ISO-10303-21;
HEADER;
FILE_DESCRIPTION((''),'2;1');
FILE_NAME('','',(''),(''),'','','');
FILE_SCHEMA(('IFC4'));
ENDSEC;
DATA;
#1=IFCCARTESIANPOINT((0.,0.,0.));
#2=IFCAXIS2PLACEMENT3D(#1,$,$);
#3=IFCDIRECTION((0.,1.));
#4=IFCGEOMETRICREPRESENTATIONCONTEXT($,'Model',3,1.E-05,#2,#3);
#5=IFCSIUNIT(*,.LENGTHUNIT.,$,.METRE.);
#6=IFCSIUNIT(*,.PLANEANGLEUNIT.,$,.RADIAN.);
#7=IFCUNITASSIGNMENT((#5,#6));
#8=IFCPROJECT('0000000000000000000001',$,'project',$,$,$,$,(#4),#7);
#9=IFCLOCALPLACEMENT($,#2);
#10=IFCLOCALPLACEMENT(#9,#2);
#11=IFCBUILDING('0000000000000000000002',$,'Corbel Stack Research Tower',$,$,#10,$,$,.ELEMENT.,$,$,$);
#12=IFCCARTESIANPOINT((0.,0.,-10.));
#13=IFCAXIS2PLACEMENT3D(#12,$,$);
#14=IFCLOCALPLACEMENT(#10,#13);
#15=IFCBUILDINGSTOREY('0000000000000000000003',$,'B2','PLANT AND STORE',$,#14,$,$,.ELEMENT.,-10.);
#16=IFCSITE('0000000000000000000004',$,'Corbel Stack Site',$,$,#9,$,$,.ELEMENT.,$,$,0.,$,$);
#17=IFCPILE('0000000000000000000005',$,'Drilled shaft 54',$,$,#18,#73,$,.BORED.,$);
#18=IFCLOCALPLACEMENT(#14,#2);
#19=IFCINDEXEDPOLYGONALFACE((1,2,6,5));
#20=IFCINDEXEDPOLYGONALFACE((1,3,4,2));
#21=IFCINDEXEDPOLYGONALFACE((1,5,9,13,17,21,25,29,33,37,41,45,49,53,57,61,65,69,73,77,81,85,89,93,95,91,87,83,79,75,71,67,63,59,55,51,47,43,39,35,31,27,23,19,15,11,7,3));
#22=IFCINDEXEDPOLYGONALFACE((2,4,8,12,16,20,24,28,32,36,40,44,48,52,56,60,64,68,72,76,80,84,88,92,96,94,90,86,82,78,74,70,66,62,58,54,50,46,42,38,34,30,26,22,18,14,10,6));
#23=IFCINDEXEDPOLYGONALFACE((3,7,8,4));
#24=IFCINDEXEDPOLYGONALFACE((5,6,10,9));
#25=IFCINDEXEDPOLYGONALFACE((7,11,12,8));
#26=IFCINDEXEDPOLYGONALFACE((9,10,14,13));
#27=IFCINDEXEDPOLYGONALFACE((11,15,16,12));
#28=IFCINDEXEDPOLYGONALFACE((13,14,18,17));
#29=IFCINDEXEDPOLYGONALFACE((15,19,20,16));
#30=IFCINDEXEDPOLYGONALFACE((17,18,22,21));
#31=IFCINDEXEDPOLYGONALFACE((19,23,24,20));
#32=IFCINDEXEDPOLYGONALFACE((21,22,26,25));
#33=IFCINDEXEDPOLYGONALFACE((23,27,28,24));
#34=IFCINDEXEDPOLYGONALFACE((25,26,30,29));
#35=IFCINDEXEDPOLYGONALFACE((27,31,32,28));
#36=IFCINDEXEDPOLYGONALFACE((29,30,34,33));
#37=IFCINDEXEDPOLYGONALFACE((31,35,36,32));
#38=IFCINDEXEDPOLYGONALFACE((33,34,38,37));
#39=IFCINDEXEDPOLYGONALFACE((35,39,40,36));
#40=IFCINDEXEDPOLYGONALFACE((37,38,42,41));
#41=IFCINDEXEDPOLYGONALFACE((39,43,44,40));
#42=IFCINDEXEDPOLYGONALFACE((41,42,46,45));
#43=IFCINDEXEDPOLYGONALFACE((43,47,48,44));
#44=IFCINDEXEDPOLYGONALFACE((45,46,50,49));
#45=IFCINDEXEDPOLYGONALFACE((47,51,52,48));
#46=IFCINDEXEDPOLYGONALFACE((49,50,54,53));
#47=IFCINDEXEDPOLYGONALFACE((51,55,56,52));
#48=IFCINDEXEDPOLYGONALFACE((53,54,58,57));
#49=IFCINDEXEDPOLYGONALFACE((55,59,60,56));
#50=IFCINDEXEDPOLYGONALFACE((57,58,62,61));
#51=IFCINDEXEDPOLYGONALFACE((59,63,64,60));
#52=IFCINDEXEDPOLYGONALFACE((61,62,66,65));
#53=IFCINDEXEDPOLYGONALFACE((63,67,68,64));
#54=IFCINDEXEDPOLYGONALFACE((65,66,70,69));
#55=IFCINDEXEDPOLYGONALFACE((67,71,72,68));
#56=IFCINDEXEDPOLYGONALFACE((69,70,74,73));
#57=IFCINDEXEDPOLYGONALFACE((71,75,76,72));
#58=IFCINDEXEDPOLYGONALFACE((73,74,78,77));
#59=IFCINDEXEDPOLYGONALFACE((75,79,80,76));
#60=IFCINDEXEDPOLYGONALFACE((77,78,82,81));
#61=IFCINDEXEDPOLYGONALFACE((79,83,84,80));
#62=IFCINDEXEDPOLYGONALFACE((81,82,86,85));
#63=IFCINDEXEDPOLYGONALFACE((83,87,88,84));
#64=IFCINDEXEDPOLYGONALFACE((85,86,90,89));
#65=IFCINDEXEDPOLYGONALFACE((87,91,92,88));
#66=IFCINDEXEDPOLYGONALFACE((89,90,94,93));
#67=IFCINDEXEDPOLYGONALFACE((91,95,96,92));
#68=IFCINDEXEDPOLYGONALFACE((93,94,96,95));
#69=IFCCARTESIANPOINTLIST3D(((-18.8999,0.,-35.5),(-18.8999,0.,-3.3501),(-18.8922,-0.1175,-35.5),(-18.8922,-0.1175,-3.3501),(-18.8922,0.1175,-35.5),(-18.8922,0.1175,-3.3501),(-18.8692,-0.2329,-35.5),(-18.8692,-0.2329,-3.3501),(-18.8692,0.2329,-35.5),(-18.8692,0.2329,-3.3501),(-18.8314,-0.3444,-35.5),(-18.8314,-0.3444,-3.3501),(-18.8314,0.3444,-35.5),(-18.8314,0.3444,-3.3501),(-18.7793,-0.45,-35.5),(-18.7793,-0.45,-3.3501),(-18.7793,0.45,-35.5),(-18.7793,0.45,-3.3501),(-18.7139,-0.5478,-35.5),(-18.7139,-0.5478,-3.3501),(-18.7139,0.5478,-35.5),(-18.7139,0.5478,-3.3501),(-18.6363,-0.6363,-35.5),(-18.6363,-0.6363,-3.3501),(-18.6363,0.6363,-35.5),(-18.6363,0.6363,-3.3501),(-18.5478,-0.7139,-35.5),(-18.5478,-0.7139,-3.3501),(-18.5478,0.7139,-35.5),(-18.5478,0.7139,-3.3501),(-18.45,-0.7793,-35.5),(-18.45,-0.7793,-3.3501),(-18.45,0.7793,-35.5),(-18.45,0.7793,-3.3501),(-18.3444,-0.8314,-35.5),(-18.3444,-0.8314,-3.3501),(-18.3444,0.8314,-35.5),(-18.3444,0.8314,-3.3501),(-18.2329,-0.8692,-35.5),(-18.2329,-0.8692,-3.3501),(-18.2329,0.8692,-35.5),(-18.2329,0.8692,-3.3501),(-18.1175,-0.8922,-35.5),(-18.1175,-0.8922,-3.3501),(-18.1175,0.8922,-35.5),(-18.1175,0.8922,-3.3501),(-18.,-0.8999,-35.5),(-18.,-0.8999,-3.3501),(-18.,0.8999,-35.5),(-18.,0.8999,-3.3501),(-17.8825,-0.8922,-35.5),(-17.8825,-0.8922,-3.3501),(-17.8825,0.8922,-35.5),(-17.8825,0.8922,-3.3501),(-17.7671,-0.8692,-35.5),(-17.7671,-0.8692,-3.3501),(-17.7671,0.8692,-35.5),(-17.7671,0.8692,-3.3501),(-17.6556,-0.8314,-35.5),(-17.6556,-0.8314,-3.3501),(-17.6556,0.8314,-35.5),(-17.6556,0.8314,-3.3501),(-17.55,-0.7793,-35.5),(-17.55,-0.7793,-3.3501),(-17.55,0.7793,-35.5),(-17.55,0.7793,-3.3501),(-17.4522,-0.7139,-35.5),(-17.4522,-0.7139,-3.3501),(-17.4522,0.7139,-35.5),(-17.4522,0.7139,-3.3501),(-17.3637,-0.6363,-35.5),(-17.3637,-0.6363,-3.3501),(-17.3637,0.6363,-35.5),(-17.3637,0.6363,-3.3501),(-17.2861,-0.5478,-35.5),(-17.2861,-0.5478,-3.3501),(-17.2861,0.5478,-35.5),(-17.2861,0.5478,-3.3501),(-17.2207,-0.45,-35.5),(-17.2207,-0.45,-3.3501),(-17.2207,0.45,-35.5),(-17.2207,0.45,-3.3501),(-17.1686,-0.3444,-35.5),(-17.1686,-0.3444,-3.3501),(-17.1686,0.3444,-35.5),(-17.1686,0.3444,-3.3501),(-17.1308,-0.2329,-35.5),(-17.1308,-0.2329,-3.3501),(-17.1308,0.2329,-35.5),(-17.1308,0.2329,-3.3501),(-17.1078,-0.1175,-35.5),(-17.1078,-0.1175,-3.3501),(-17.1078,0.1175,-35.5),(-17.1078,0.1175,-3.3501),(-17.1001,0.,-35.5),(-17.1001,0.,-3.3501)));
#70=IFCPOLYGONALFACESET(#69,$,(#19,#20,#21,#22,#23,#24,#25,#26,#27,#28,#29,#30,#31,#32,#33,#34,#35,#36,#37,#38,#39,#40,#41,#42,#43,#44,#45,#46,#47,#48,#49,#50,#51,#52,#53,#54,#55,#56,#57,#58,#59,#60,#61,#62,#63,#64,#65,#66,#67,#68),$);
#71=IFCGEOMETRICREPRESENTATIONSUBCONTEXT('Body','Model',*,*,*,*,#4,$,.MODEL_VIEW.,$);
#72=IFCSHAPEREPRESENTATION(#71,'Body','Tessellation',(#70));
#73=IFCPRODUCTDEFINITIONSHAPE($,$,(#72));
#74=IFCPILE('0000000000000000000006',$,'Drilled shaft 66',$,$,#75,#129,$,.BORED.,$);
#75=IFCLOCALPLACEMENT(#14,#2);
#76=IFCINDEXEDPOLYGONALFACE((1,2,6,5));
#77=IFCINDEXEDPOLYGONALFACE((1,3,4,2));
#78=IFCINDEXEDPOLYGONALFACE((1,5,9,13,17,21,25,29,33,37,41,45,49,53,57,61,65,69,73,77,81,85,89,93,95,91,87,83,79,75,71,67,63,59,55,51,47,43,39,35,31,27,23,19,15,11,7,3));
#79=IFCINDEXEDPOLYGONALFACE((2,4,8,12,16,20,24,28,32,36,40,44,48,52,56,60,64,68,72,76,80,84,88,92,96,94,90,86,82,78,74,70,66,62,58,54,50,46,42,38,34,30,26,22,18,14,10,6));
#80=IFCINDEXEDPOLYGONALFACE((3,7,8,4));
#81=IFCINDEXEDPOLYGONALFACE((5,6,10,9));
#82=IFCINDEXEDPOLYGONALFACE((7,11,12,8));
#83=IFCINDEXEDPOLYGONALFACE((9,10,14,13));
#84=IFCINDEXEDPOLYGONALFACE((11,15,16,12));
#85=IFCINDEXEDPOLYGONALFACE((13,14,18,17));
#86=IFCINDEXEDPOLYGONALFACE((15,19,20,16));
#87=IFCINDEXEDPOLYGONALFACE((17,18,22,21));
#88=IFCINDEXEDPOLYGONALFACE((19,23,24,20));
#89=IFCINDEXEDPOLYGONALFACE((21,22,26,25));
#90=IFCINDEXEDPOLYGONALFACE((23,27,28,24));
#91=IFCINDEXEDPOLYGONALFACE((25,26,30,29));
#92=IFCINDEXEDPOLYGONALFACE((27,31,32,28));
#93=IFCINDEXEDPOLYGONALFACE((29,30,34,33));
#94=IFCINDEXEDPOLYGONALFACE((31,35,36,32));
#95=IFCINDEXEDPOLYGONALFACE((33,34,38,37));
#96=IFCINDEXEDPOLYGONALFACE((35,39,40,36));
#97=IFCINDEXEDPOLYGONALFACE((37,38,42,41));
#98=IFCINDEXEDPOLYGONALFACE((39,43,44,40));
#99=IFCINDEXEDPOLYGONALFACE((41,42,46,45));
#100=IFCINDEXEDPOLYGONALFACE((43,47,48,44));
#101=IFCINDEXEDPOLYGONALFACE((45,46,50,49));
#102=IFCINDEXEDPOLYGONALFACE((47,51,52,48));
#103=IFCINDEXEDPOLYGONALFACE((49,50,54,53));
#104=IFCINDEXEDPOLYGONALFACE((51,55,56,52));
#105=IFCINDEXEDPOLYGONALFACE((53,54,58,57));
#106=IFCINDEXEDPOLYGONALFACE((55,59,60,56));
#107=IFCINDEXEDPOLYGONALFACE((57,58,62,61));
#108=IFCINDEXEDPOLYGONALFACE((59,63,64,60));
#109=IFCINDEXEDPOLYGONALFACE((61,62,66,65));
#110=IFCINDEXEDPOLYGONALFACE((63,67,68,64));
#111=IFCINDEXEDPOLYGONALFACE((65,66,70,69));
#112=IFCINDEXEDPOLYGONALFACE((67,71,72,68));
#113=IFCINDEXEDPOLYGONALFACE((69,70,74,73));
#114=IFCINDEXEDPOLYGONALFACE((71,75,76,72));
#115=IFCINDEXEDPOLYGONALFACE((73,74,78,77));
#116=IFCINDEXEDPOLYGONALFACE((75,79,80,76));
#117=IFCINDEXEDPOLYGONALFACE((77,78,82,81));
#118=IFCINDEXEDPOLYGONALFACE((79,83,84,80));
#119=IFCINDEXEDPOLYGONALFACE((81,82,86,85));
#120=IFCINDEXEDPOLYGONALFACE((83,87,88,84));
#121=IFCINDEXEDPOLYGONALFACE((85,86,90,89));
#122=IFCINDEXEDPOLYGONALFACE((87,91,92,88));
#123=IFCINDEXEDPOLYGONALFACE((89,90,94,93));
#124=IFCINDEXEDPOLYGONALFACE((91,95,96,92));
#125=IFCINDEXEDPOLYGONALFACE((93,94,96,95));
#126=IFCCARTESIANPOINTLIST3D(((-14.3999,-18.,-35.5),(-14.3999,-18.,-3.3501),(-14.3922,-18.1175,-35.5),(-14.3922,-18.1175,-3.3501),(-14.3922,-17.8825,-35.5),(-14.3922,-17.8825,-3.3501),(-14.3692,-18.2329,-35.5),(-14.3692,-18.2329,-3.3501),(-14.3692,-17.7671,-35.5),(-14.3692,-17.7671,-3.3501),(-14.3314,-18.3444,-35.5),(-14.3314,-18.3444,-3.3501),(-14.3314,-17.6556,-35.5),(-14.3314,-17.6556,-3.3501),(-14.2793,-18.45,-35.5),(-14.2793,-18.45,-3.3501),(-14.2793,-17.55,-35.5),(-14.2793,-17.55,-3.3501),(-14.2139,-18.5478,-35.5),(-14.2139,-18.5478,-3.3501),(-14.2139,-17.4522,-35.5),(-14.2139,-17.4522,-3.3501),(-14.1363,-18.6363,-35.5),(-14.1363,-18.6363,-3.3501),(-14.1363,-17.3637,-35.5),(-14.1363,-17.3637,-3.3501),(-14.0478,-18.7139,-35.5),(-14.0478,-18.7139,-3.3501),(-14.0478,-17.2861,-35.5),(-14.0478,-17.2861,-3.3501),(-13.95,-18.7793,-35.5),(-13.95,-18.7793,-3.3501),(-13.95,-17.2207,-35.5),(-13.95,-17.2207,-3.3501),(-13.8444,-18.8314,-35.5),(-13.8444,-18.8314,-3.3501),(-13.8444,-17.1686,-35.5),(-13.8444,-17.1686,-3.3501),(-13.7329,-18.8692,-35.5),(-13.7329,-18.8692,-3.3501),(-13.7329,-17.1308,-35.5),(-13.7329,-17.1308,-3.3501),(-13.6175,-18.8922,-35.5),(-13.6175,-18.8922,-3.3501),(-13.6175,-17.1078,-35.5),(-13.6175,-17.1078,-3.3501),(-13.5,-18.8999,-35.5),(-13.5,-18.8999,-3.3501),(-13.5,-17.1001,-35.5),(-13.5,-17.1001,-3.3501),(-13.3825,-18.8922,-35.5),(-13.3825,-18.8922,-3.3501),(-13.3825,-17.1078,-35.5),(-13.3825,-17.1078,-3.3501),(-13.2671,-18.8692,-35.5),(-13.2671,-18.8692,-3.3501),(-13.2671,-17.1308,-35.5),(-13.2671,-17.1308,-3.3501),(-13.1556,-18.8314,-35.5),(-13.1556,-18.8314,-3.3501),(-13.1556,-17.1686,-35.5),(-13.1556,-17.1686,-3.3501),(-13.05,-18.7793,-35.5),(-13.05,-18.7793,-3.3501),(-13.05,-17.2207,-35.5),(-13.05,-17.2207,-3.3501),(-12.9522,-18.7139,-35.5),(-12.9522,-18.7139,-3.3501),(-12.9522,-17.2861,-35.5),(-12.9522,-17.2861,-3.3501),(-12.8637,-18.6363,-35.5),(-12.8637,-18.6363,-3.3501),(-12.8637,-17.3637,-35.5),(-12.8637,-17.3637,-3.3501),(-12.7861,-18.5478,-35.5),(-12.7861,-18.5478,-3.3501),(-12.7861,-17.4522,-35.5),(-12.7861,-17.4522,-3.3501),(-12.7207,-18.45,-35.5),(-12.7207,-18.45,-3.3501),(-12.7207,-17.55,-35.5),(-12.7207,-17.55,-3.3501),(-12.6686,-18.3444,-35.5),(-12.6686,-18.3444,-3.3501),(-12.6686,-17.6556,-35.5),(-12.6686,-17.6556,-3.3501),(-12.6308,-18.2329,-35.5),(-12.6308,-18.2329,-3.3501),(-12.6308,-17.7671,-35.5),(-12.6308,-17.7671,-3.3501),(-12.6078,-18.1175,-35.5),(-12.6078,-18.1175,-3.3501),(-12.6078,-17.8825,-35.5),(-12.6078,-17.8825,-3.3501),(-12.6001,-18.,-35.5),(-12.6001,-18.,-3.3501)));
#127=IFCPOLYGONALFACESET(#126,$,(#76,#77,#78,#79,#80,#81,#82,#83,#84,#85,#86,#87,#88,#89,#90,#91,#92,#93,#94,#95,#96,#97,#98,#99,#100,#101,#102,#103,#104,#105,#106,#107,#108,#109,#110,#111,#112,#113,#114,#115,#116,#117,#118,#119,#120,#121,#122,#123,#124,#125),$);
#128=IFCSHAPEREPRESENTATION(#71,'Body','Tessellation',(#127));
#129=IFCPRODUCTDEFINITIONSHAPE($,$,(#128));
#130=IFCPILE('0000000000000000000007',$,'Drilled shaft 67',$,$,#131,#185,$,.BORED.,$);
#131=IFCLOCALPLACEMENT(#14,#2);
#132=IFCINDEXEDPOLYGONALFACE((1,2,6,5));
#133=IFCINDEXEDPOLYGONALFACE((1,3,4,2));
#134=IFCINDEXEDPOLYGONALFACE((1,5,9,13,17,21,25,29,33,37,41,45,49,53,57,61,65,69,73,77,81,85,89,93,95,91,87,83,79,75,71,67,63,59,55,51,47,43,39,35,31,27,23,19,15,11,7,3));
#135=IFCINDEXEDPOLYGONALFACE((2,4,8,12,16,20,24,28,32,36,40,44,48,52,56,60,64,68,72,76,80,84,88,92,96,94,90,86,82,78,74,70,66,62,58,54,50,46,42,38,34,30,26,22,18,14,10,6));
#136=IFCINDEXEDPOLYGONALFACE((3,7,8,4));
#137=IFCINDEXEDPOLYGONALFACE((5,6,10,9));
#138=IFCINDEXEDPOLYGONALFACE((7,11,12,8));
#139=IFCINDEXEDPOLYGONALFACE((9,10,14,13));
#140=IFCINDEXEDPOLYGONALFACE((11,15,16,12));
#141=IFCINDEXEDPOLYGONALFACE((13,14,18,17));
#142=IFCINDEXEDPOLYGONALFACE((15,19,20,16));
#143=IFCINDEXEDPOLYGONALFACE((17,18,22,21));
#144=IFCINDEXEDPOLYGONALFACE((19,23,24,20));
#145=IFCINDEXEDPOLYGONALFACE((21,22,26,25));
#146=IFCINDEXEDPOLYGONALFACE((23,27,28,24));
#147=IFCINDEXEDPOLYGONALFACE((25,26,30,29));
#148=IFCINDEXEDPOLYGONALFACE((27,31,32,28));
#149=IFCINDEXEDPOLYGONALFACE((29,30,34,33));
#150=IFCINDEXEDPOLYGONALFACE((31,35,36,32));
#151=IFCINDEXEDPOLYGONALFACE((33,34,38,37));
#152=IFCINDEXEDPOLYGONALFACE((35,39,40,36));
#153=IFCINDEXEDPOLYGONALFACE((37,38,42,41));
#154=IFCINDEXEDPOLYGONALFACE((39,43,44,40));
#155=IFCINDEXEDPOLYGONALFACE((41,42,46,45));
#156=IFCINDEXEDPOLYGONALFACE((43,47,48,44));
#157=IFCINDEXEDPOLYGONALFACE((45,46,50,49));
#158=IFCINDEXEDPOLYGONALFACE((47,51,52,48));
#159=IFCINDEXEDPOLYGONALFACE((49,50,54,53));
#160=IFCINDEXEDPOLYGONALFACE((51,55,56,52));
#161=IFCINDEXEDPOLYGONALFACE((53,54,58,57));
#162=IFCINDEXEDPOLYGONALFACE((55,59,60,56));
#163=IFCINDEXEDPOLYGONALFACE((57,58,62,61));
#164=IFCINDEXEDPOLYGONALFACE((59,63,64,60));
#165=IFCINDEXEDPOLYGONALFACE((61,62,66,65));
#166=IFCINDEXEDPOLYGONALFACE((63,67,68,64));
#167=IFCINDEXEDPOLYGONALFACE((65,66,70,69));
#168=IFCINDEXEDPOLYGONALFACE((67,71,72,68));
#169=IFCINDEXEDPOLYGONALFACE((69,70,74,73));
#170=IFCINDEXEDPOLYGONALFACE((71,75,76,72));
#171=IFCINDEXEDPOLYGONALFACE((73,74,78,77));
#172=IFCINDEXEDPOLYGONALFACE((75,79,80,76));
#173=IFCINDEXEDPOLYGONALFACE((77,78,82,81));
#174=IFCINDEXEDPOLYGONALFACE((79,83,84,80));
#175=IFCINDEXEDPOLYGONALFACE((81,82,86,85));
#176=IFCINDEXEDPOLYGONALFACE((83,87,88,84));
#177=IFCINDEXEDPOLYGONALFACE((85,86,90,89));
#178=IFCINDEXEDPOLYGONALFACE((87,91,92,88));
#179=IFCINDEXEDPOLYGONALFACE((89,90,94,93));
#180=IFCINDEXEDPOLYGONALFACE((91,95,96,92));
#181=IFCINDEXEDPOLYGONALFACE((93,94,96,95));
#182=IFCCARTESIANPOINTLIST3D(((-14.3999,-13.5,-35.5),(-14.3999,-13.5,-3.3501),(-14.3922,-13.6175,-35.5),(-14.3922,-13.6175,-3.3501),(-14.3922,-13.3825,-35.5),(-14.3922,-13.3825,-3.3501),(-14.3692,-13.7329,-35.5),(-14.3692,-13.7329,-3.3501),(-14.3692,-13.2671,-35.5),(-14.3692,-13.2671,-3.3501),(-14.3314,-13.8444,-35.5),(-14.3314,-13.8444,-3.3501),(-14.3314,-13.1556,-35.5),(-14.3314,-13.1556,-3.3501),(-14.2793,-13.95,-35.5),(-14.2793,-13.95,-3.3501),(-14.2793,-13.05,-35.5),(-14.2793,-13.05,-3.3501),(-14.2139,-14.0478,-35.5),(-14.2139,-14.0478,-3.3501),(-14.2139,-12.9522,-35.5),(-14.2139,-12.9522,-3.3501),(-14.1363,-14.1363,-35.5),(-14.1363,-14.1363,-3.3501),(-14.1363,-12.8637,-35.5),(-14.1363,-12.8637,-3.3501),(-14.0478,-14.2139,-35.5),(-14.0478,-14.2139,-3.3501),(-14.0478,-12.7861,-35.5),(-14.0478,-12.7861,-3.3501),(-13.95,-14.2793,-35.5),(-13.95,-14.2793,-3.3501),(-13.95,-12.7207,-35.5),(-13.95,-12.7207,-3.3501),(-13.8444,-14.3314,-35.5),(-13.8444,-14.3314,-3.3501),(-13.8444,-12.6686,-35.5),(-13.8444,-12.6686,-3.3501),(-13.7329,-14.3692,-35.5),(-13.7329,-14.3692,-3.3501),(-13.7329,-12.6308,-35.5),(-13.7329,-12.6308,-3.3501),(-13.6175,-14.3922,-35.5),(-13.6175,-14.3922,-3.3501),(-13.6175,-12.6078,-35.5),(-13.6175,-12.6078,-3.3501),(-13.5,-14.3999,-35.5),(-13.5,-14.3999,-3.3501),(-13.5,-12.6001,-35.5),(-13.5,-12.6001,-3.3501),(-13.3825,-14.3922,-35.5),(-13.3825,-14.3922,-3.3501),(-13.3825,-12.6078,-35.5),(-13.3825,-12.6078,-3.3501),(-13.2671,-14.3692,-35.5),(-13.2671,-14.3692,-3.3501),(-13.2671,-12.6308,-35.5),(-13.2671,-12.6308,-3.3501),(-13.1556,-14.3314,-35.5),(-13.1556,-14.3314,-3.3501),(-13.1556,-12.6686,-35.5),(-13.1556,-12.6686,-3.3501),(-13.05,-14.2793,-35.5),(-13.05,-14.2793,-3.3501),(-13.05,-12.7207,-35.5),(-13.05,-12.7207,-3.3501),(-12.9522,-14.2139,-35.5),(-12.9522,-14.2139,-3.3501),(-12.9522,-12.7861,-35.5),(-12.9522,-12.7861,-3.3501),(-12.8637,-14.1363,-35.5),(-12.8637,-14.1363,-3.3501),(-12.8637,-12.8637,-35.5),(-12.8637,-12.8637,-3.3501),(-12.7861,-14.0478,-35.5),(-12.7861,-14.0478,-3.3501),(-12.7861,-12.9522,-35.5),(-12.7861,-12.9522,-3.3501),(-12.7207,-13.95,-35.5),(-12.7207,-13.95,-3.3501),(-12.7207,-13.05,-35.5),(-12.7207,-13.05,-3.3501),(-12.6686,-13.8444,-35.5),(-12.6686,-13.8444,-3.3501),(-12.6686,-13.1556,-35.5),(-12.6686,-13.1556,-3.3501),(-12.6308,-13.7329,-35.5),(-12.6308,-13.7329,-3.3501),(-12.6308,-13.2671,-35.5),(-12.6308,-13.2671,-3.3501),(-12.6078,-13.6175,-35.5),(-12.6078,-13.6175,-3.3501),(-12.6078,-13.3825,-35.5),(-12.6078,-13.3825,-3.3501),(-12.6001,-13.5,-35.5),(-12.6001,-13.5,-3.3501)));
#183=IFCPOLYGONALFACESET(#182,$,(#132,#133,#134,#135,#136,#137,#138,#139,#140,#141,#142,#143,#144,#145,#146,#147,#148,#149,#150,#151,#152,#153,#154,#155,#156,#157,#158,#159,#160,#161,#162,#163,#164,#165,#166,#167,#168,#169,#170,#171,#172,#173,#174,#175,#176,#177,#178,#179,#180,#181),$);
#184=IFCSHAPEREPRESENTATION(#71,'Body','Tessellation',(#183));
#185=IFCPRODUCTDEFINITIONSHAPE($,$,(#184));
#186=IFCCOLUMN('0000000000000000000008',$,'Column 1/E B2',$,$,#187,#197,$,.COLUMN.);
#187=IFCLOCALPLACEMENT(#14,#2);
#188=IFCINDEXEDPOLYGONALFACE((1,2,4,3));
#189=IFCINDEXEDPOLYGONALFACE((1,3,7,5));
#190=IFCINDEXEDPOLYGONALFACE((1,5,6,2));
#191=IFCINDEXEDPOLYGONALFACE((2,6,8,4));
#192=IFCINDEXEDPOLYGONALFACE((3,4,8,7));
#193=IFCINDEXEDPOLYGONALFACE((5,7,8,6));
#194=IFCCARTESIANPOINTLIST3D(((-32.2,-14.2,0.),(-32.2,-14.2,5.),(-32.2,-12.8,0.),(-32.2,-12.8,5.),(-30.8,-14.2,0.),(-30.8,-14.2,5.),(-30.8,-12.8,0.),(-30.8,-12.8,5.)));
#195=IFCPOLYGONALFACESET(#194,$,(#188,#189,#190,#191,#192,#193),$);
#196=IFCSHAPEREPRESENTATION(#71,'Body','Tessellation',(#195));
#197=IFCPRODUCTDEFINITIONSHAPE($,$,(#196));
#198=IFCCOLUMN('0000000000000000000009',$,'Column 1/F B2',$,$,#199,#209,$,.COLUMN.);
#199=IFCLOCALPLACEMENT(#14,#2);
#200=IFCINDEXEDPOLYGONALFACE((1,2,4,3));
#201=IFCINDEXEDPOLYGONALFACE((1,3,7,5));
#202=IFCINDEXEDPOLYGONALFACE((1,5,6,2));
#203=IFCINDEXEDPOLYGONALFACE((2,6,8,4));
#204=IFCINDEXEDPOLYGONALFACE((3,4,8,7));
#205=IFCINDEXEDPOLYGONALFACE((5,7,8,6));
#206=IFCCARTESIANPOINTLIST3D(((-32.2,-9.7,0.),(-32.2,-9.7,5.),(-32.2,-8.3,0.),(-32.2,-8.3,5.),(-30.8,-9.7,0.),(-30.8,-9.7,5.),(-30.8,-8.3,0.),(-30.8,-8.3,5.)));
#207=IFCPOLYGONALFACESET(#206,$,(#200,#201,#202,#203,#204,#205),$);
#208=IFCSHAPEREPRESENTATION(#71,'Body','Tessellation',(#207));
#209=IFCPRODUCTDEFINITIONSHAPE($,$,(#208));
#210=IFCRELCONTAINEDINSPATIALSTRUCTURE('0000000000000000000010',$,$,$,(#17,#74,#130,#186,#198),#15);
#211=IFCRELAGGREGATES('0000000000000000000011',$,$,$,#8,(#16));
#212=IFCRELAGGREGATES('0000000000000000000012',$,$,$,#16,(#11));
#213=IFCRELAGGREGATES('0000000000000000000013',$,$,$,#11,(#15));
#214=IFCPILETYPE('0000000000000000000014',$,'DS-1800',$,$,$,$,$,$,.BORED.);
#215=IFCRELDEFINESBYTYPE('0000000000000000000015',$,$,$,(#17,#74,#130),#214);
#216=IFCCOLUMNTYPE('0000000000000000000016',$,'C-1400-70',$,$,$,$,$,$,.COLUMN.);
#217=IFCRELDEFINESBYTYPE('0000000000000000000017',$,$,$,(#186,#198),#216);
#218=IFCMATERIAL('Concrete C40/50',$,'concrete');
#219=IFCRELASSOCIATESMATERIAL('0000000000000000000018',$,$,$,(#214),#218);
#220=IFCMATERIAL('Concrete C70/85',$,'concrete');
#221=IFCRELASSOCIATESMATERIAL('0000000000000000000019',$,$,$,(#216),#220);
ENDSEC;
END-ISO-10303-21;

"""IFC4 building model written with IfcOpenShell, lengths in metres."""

from ifc_helpers import new_model, si_unit, direction, frame, origin, origin_2d, place, context, subcontext, project, spatial, rectangle, circle, extrude, material, material_profile, profile_set, type_object, element, save


model = new_model("IFC4")

# Units and contexts
model_context = context("Model", 3, precision=1e-05, world=origin(), true_north=direction((0.0, 1.0)))
body_context = subcontext(model_context, "Body", "Model", "MODEL_VIEW")
ifc_project = project(units=[si_unit("LENGTHUNIT", "METRE"), si_unit("PLANEANGLEUNIT", "RADIAN")], contexts=[model_context])

# Site, building, storey
site_placement = place(None, origin())
site = spatial("IfcSite", under=ifc_project, at=site_placement, Name="Corbel Stack Site", CompositionType="ELEMENT", RefElevation=0.0)
building_placement = place(site_placement, origin())
building = spatial("IfcBuilding", under=site, at=building_placement, Name="Corbel Stack Research Tower", CompositionType="ELEMENT")
storey_placement = place(building_placement, frame((0.0, 0.0, -10.0)))
storey = spatial("IfcBuildingStorey", under=building, at=storey_placement, Name="B2", Description="PLANT AND STORE", CompositionType="ELEMENT", Elevation=-10.0)

# Piles
ifc_material_1 = material(Name="Concrete C40/50", Category="concrete")
ifc_material_profile_1 = material_profile(ifc_material_1, circle(Radius=0.8999, at=origin_2d()), Name="Shaft 1800")
ifc_profile_set_1 = profile_set([ifc_material_profile_1], Name="Concrete C40/50")
pile_type = type_object("IfcPileType", Name="DS-1800", PredefinedType="BORED", material=ifc_profile_set_1)
for number, where, z_axis, x_axis, name in (
    (1, (-18.0, 0.0, -3.3501), (0.0, 0.0, -1.0), (1.0, 0.0, 0.0), "Drilled shaft 54"),
    (2, (-13.5, -18.0, -3.3501), (0.0, 0.0, -1.0), (1.0, 0.0, 0.0), "Drilled shaft 66"),
    (3, (-13.5, -13.5, -3.3501), (0.0, 0.0, -1.0), (1.0, 0.0, 0.0), "Drilled shaft 67"),
):
    element("IfcPile", number, at=place(storey_placement, frame(where, z_axis=z_axis, x_axis=x_axis)), inside=storey, type_object=pile_type, Name=name, PredefinedType="BORED", context=body_context, shape_type="SweptSolid", body=[
        extrude(circle(Radius=0.8999, at=origin_2d()), origin(), (0.0, 0.0, 1.0), 32.1499),
    ])

# Columns
ifc_material_2 = material(Name="Concrete C70/85", Category="concrete")
ifc_material_profile_2 = material_profile(ifc_material_2, rectangle(XDim=1.3999, YDim=1.3999, at=origin_2d()), Name="RC 1400 x 1400")
ifc_profile_set_2 = profile_set([ifc_material_profile_2], Name="Concrete C70/85")
column_type_1 = type_object("IfcColumnType", Name="C-1400-70", PredefinedType="COLUMN", material=ifc_profile_set_2)
for number, where, z_axis, x_axis, name in (
    (4, (-31.5, -13.5, 0.0), (0.0, 0.0, 1.0), (1.0, 0.0, 0.0), "Column 1/E B2"),
    (5, (-31.5, -9.0, 0.0), (0.0, 0.0, 1.0), (1.0, 0.0, 0.0), "Column 1/F B2"),
):
    element("IfcColumn", number, at=place(storey_placement, frame(where, z_axis=z_axis, x_axis=x_axis)), inside=storey, type_object=column_type_1, Name=name, PredefinedType="COLUMN", context=body_context, shape_type="SweptSolid", body=[
        extrude(rectangle(XDim=1.3999, YDim=1.3999, at=origin_2d()), origin(), (0.0, 0.0, 1.0), 5.0),
    ])

save(model, "model.ifc")
